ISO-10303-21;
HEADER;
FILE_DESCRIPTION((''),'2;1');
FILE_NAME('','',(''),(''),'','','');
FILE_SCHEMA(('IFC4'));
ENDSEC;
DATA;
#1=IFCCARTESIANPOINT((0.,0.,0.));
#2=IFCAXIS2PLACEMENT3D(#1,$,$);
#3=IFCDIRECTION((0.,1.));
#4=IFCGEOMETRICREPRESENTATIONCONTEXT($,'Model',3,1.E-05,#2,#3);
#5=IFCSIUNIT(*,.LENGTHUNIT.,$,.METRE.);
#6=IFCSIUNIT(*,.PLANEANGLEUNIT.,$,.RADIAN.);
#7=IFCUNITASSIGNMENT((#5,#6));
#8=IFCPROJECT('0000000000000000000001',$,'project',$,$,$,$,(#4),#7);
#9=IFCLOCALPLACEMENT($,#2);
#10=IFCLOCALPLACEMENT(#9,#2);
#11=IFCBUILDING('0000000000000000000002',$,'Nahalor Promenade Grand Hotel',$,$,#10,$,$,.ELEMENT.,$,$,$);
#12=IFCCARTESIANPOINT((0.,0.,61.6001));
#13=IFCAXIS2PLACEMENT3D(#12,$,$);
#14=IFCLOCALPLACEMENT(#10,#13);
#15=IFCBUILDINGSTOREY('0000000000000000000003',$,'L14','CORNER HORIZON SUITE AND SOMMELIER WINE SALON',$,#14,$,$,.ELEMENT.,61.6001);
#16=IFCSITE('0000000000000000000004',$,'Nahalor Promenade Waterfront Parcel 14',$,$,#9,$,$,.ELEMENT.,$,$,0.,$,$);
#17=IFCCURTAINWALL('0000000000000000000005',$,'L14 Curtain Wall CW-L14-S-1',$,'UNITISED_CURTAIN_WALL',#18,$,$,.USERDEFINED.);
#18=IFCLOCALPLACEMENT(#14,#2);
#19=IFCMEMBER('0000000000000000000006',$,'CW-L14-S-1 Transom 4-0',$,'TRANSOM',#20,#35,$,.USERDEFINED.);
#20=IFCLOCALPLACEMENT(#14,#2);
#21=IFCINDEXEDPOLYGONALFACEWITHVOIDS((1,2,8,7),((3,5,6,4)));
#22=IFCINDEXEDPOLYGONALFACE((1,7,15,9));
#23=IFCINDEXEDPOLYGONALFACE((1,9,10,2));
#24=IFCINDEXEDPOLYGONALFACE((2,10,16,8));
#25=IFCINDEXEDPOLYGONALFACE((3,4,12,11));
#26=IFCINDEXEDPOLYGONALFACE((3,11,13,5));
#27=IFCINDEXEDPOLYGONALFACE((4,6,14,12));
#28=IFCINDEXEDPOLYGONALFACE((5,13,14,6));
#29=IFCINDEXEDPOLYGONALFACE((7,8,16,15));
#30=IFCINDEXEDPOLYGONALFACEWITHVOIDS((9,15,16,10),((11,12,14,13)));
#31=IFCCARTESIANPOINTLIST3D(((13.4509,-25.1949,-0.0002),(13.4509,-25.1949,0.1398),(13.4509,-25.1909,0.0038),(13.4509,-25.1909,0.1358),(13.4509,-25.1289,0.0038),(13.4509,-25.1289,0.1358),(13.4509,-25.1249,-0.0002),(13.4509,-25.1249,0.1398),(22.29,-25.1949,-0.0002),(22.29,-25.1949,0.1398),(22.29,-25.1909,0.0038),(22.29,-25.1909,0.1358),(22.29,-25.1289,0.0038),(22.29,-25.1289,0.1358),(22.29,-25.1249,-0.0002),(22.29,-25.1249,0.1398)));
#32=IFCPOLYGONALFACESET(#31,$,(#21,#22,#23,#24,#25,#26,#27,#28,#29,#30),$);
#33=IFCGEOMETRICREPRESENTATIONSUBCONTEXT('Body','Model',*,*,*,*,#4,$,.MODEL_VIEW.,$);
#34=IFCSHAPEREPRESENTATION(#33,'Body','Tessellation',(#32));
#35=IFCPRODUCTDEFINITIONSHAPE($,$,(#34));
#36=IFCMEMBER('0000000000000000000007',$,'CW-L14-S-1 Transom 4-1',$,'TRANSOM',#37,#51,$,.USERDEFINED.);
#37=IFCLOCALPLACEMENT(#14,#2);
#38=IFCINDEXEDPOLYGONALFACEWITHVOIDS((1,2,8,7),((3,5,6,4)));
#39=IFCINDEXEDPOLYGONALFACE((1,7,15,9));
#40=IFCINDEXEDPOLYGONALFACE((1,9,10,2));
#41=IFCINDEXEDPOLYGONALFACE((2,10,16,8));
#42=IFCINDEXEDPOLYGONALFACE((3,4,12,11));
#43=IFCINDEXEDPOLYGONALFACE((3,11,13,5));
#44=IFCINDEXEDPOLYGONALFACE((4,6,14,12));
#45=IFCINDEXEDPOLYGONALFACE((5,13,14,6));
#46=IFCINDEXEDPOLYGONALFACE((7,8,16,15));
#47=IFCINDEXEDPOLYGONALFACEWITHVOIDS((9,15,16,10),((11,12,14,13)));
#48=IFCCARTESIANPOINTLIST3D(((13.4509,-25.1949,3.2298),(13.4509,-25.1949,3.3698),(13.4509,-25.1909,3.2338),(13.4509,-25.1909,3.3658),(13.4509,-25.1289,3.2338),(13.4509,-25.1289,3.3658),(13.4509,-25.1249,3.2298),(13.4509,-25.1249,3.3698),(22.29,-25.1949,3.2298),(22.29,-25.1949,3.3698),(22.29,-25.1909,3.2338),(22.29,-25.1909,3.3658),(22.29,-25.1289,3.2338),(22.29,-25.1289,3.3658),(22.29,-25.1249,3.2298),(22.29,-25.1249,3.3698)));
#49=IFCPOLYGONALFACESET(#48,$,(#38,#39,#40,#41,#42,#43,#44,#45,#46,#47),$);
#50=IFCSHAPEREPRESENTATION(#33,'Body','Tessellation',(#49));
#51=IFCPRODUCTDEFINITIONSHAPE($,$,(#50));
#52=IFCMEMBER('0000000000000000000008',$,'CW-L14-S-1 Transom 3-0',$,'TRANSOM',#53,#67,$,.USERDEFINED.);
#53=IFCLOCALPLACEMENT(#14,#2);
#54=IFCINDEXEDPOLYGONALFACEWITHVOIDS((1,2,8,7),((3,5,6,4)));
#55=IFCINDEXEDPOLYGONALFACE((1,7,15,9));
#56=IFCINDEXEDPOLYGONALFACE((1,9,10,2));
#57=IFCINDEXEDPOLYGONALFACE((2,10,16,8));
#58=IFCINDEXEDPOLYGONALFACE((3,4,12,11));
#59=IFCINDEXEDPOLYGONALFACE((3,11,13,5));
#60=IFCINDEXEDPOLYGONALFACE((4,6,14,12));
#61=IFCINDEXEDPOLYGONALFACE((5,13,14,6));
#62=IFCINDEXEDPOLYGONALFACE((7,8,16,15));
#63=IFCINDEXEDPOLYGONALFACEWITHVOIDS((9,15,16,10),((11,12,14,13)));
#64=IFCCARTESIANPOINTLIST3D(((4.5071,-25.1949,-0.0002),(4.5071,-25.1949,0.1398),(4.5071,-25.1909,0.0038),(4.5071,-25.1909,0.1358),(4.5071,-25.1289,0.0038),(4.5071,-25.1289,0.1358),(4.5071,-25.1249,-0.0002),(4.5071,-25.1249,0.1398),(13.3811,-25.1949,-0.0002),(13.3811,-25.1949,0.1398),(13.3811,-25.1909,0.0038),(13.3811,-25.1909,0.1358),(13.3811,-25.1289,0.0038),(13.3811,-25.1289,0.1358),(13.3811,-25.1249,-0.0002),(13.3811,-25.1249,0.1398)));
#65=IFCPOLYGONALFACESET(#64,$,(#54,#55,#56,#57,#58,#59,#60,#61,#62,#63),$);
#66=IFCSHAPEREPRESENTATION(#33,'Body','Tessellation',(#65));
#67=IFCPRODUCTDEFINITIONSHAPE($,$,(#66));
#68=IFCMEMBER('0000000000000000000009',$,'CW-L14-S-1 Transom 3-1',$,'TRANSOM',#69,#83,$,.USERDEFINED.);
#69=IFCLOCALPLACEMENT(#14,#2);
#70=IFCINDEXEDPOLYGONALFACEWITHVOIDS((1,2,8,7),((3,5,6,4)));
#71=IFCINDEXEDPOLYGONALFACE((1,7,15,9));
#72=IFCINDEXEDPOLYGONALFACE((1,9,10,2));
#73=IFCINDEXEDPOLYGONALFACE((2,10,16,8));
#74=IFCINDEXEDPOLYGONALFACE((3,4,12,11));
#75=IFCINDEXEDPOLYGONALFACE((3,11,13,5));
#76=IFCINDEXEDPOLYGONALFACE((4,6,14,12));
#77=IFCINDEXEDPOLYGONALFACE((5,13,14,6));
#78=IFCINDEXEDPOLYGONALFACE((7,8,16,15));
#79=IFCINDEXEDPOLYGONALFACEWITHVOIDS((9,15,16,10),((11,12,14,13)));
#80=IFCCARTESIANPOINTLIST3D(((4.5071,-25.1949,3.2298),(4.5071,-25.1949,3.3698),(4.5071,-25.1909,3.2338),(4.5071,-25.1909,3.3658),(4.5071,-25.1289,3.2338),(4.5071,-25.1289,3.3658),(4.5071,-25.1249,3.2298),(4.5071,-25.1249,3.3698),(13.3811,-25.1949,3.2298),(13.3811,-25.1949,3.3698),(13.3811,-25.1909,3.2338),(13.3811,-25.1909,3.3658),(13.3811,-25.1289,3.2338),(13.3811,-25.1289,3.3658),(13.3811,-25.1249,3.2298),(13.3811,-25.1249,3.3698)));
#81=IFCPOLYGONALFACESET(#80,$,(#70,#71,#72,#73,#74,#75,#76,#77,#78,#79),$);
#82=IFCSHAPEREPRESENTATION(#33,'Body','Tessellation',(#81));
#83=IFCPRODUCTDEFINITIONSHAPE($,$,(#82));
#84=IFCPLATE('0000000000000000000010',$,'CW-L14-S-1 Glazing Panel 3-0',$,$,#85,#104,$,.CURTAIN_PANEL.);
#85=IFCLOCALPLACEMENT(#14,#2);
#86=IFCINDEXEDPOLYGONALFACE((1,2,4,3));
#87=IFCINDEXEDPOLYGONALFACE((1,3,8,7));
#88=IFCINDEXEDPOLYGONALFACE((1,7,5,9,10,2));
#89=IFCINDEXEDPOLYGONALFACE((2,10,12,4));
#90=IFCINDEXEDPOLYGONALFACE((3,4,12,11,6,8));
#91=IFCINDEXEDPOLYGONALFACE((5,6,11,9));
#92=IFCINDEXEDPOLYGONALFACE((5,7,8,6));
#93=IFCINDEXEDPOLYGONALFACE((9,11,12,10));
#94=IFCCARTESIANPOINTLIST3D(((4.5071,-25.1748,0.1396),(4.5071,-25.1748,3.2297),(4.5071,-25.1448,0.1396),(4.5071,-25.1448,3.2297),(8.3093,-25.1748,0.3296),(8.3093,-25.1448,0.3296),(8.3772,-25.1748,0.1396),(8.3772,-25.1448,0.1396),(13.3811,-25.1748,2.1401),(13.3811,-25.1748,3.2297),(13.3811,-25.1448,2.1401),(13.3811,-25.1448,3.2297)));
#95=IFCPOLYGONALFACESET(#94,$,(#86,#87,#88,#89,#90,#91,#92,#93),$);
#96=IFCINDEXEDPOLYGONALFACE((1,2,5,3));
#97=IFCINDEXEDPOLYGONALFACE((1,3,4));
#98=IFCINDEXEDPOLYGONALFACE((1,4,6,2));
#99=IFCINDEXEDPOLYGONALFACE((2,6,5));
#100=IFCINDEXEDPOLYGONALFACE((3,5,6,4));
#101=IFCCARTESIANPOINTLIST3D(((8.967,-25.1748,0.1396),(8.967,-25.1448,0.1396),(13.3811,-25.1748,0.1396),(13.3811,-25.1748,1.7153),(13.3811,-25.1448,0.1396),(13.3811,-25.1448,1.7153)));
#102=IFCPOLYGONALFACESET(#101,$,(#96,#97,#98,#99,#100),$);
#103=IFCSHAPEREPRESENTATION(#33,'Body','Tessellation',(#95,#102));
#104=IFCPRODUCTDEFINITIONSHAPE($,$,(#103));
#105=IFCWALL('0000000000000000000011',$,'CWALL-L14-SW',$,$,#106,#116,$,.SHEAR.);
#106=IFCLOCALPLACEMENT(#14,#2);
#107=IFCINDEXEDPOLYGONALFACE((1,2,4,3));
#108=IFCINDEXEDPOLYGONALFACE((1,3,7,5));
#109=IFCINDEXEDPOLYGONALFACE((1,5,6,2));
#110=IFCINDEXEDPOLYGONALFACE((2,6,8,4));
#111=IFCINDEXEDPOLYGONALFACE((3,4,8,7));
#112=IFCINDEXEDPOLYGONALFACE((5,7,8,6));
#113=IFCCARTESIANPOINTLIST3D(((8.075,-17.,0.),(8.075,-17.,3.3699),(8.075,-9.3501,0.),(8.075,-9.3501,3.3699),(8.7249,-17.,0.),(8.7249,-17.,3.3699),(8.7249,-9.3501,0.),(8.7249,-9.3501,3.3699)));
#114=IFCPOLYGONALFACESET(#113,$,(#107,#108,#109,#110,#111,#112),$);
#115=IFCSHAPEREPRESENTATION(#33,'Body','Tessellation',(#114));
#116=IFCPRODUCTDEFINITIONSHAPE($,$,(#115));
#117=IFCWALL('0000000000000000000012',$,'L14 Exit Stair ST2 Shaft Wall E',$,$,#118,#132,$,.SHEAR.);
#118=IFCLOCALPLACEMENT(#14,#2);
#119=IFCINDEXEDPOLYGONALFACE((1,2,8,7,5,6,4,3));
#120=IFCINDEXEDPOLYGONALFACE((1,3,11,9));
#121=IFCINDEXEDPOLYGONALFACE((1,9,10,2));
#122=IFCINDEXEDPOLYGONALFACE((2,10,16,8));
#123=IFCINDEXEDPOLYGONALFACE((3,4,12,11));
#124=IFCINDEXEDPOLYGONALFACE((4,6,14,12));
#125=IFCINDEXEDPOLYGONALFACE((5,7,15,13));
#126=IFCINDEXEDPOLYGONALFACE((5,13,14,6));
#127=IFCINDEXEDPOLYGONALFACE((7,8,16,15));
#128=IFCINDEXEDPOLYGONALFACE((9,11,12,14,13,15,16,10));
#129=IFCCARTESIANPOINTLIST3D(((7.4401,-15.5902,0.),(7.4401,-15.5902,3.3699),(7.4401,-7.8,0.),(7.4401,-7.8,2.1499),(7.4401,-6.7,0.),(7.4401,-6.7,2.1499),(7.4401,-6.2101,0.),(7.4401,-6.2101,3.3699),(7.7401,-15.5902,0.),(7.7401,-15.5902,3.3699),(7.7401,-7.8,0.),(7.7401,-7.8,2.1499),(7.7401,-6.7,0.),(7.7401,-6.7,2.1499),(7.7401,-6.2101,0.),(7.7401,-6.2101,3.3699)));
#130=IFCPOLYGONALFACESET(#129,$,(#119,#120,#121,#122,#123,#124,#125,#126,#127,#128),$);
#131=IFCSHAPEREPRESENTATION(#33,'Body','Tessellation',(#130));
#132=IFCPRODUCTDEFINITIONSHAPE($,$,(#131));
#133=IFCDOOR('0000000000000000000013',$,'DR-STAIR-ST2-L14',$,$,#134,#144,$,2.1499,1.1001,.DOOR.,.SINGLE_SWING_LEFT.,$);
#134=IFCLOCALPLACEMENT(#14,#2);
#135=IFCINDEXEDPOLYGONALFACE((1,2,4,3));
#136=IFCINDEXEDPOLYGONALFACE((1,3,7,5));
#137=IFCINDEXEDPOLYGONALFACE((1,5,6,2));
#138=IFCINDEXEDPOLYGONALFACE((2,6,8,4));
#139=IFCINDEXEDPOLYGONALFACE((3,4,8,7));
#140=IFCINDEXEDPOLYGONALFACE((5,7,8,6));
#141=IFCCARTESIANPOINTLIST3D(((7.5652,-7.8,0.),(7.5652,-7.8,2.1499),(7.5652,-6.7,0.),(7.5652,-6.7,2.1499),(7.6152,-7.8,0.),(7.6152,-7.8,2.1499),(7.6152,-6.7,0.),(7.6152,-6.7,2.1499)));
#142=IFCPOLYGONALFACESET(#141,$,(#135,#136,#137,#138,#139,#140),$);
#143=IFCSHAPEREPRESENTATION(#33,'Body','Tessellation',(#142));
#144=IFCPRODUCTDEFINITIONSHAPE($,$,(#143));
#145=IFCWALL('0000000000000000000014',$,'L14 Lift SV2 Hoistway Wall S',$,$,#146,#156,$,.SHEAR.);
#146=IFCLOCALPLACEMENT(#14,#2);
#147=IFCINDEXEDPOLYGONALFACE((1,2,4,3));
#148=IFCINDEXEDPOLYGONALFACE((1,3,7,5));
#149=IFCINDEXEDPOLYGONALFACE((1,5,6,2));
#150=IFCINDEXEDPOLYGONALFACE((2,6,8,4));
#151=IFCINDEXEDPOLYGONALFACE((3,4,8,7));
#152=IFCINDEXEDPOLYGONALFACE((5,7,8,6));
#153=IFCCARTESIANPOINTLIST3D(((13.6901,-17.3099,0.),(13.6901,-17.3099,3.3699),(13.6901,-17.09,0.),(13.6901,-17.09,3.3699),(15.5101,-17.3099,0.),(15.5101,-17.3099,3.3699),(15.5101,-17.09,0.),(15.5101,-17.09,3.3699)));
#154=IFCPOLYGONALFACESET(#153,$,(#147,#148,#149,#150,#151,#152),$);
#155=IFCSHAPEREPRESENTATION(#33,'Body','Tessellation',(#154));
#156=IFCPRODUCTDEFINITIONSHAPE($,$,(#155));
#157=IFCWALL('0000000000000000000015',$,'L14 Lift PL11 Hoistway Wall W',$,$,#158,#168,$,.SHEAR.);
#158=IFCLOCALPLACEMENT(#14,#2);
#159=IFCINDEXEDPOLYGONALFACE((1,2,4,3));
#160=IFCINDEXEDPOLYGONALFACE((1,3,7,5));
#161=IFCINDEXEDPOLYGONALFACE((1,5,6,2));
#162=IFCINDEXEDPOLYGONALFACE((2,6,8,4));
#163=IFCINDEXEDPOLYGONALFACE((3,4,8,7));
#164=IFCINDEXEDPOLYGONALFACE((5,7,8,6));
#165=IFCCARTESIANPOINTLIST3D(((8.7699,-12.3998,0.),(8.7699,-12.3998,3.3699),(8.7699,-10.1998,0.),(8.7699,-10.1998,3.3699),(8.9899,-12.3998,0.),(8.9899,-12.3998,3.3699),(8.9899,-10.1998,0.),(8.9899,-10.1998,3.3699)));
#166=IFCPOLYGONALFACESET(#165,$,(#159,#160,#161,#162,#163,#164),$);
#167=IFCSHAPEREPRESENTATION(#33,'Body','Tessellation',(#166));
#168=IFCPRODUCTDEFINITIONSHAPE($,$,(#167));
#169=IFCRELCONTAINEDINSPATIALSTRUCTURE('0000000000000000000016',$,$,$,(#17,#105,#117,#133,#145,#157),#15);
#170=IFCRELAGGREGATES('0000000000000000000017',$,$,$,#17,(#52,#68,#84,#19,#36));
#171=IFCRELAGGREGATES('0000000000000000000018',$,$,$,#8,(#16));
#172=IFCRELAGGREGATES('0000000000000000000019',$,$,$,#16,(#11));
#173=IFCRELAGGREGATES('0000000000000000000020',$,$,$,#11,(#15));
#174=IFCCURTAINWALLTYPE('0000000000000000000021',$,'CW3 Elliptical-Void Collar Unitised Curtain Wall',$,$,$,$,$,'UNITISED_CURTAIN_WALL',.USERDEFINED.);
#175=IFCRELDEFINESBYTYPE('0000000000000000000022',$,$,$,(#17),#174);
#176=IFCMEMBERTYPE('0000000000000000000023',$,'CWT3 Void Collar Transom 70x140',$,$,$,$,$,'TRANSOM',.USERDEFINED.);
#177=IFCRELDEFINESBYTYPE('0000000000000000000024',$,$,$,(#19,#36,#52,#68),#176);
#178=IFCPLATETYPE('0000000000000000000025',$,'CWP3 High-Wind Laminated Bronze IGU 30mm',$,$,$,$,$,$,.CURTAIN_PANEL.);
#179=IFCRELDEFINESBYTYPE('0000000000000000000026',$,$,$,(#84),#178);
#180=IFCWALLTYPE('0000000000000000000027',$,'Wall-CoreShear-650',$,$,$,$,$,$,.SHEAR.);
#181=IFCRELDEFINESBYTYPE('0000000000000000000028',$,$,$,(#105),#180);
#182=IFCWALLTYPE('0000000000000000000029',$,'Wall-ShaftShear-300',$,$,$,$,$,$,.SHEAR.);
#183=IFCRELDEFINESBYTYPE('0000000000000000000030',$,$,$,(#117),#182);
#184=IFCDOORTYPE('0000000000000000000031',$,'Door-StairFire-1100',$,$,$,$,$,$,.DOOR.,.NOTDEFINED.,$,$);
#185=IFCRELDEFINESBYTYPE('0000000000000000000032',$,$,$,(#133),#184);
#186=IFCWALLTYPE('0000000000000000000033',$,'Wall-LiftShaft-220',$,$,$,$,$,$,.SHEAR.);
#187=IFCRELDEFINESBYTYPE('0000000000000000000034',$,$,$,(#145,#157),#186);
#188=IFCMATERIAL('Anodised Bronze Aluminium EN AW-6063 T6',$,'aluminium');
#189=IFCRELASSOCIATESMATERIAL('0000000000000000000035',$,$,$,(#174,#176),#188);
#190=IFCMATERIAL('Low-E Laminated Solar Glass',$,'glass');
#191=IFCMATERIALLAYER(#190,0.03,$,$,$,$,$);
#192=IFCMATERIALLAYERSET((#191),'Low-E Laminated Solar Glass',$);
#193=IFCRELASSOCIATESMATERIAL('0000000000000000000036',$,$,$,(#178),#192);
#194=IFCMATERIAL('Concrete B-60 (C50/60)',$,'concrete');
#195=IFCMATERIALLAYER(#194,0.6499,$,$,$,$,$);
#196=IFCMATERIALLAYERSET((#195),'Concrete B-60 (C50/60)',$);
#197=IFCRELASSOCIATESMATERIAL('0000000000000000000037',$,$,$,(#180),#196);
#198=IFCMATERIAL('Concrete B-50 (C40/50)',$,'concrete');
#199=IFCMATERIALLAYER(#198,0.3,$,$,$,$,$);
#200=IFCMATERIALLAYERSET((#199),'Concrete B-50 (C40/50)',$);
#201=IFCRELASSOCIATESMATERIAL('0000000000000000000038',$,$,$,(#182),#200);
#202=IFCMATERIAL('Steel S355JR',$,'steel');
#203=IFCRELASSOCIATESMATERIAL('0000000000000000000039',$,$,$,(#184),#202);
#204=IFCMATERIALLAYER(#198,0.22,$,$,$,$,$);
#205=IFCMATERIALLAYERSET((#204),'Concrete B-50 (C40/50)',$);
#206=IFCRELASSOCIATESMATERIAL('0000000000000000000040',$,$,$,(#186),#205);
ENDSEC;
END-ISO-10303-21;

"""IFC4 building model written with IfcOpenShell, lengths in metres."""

from ifc_helpers import new_model, si_unit, direction, frame, frame_2d, origin, origin_2d, place, context, subcontext, project, spatial, polyline, rectangle, hollow_rectangle, outline, extrude, source, transform, mapped, material, layer, layer_set, material_profile, profile_set, type_object, element, fill, aggregate, save


model = new_model("IFC4")

# Units and contexts
model_context = context("Model", 3, precision=1e-05, world=origin(), true_north=direction((0.0, 1.0)))
body_context = subcontext(model_context, "Body", "Model", "MODEL_VIEW")
ifc_project = project(units=[si_unit("LENGTHUNIT", "METRE"), si_unit("PLANEANGLEUNIT", "RADIAN")], contexts=[model_context])

# Site, building, storey
site_placement = place(None, origin())
site = spatial("IfcSite", under=ifc_project, at=site_placement, Name="Nahalor Promenade Waterfront Parcel 14", CompositionType="ELEMENT", RefElevation=0.0)
building_placement = place(site_placement, origin())
building = spatial("IfcBuilding", under=site, at=building_placement, Name="Nahalor Promenade Grand Hotel", CompositionType="ELEMENT")
storey_placement = place(building_placement, frame((0.0, 0.0, 61.6001)))
storey = spatial("IfcBuildingStorey", under=building, at=storey_placement, Name="L14", Description="CORNER HORIZON SUITE AND SOMMELIER WINE SALON", CompositionType="ELEMENT", Elevation=61.6001)

# Shared definitions
ifc_material_1 = material(Name="Steel S355JR", Category="steel")

# Curtain wall, members, plate
ifc_material_2 = material(Name="Anodised Bronze Aluminium EN AW-6063 T6", Category="aluminium")
curtain_wall_type = type_object("IfcCurtainWallType", Name="CW3 Elliptical-Void Collar Unitised Curtain Wall", ElementType="UNITISED_CURTAIN_WALL", PredefinedType="USERDEFINED", material=ifc_material_2)
curtain_wall_placement = place(storey_placement, origin())
curtain_wall = element("IfcCurtainWall", 1, at=curtain_wall_placement, inside=storey, type_object=curtain_wall_type, Name="L14 Curtain Wall CW-L14-S-1", ObjectType="UNITISED_CURTAIN_WALL", PredefinedType="USERDEFINED")
ifc_material_profile_1 = material_profile(ifc_material_2, hollow_rectangle(XDim=0.07, YDim=0.14, WallThickness=0.004, at=origin_2d()), Name="CWT 70x140x4")
ifc_profile_set_1 = profile_set([ifc_material_profile_1], Name="Anodised Bronze Aluminium EN AW-6063 T6")
member_type_1 = type_object("IfcMemberType", Name="CWT3 Void Collar Transom 70x140", ElementType="TRANSOM", PredefinedType="USERDEFINED", material=ifc_profile_set_1)
shared_shape_1 = source(origin(), body_context, "Body", "SweptSolid", [
    extrude(hollow_rectangle(XDim=0.07, YDim=0.14, WallThickness=0.004, at=origin_2d()), origin(), (0.0, 0.0, 1.0), 8.8391),
])
member_1_placement = place(storey_placement, frame((13.4509, -25.1599, 0.0698), z_axis=(1.0, 0.0, 0.0), x_axis=(0.0, 1.0, 0.0)))
member_1 = element("IfcMember", 2, at=member_1_placement, type_object=member_type_1, Name="CW-L14-S-1 Transom 4-0", ObjectType="TRANSOM", PredefinedType="USERDEFINED", context=body_context, shape_type="MappedRepresentation", body=[
    mapped(shared_shape_1, transform((0.0, 0.0, 0.0), scale=1.0)),
])
member_2_placement = place(storey_placement, frame((13.4509, -25.1599, 3.2998), z_axis=(1.0, 0.0, 0.0), x_axis=(0.0, 1.0, 0.0)))
member_2 = element("IfcMember", 3, at=member_2_placement, type_object=member_type_1, Name="CW-L14-S-1 Transom 4-1", ObjectType="TRANSOM", PredefinedType="USERDEFINED", context=body_context, shape_type="MappedRepresentation", body=[
    mapped(shared_shape_1, transform((0.0, 0.0, 0.0), scale=1.0)),
])
shared_shape_2 = source(origin(), body_context, "Body", "SweptSolid", [
    extrude(hollow_rectangle(XDim=0.07, YDim=0.14, WallThickness=0.004, at=origin_2d()), origin(), (0.0, 0.0, 1.0), 8.874),
])
member_3_placement = place(storey_placement, frame((4.5071, -25.1599, 0.0698), z_axis=(1.0, 0.0, 0.0), x_axis=(0.0, 1.0, 0.0)))
member_3 = element("IfcMember", 4, at=member_3_placement, type_object=member_type_1, Name="CW-L14-S-1 Transom 3-0", ObjectType="TRANSOM", PredefinedType="USERDEFINED", context=body_context, shape_type="MappedRepresentation", body=[
    mapped(shared_shape_2, transform((0.0, 0.0, 0.0), scale=1.0)),
])
member_4_placement = place(storey_placement, frame((4.5071, -25.1599, 3.2998), z_axis=(1.0, 0.0, 0.0), x_axis=(0.0, 1.0, 0.0)))
member_4 = element("IfcMember", 5, at=member_4_placement, type_object=member_type_1, Name="CW-L14-S-1 Transom 3-1", ObjectType="TRANSOM", PredefinedType="USERDEFINED", context=body_context, shape_type="MappedRepresentation", body=[
    mapped(shared_shape_2, transform((0.0, 0.0, 0.0), scale=1.0)),
])
ifc_material_3 = material(Name="Low-E Laminated Solar Glass", Category="glass")
ifc_layer_1 = layer(ifc_material_3, 0.03)
ifc_layer_set_1 = layer_set([ifc_layer_1], Name="Low-E Laminated Solar Glass")
plate_type = type_object("IfcPlateType", Name="CWP3 High-Wind Laminated Bronze IGU 30mm", PredefinedType="CURTAIN_PANEL", material=ifc_layer_set_1)
plate_placement = place(storey_placement, frame((8.9441, -25.1599, 0.1396), z_axis=(0.0, 0.0, 1.0), x_axis=(1.0, 0.0, 0.0)))
plate = element("IfcPlate", 6, at=plate_placement, type_object=plate_type, Name="CW-L14-S-1 Glazing Panel 3-0", PredefinedType="CURTAIN_PANEL", context=body_context, shape_type="SweptSolid", body=[
    extrude(outline(polyline([(-4.437, 3.0901), (-4.437, 0.0), (-0.5669, 0.0), (-0.6348, 0.1899), (4.437, 2.0005), (4.437, 3.0901), (-4.437, 3.0901)])), frame((0.0, 0.0151, 0.0), z_axis=(0.0, -1.0, 0.0), x_axis=(1.0, 0.0, 0.0)), (0.0, 0.0, 1.0), 0.03),
    extrude(outline(polyline([(0.0229, 0.0), (4.437, 0.0), (4.437, 1.5757), (0.0229, 0.0)])), frame((0.0, 0.0151, 0.0), z_axis=(0.0, -1.0, 0.0), x_axis=(1.0, 0.0, 0.0)), (0.0, 0.0, 1.0), 0.03),
])
aggregate(curtain_wall, [member_3, member_4, plate, member_1, member_2])

# Wall
ifc_material_4 = material(Name="Concrete B-60 (C50/60)", Category="concrete")
ifc_layer_2 = layer(ifc_material_4, 0.6499)
ifc_layer_set_2 = layer_set([ifc_layer_2], Name="Concrete B-60 (C50/60)")
wall_type_1 = type_object("IfcWallType", Name="Wall-CoreShear-650", PredefinedType="SHEAR", material=ifc_layer_set_2)
shared_shape_3 = source(origin(), body_context, "Body", "SweptSolid", [
    extrude(rectangle(XDim=7.6499, YDim=0.6499, at=frame_2d((3.825, 0.0))), origin(), (0.0, 0.0, 1.0), 3.3699),
])
wall_1_placement = place(storey_placement, frame((8.3999, -17.0, 0.0), z_axis=(0.0, 0.0, 1.0), x_axis=(0.0, 1.0, 0.0)))
element("IfcWall", 7, at=wall_1_placement, inside=storey, type_object=wall_type_1, Name="CWALL-L14-SW", PredefinedType="SHEAR", context=body_context, shape_type="MappedRepresentation", body=[
    mapped(shared_shape_3, transform((0.0, 0.0, 0.0), scale=1.0)),
])

# Wall, opening, door
ifc_material_5 = material(Name="Concrete B-50 (C40/50)", Category="concrete")
ifc_layer_3 = layer(ifc_material_5, 0.3)
ifc_layer_set_3 = layer_set([ifc_layer_3], Name="Concrete B-50 (C40/50)")
wall_type_2 = type_object("IfcWallType", Name="Wall-ShaftShear-300", PredefinedType="SHEAR", material=ifc_layer_set_3)
shared_shape_4 = source(origin(), body_context, "Body", "SweptSolid", [
    extrude(rectangle(XDim=9.3801, YDim=0.3, at=frame_2d((4.6899, 0.0))), origin(), (0.0, 0.0, 1.0), 3.3699),
])
wall_2_placement = place(storey_placement, frame((7.5901, -15.5901, 0.0), z_axis=(0.0, 0.0, 1.0), x_axis=(0.0, 1.0, 0.0)))
wall_2 = element("IfcWall", 8, at=wall_2_placement, inside=storey, type_object=wall_type_2, Name="L14 Exit Stair ST2 Shaft Wall E", PredefinedType="SHEAR", context=body_context, shape_type="MappedRepresentation", body=[
    mapped(shared_shape_4, transform((0.0, 0.0, 0.0), scale=1.0)),
])
opening_1_placement = place(wall_2_placement, frame((7.79, 0.0, 0.0)))
opening_1 = element("IfcOpeningElement", 9, at=opening_1_placement, cuts=wall_2, PredefinedType="OPENING", context=body_context, shape_type="SweptSolid", body=[
    extrude(rectangle(XDim=1.1001, YDim=2.1499, at=frame_2d((0.55, 1.075))), frame((0.0, 0.1599, 0.0), z_axis=(0.0, -1.0, 0.0), x_axis=(1.0, 0.0, 0.0)), (0.0, 0.0, 1.0), 0.3201),
])
door_type_1 = type_object("IfcDoorType", Name="Door-StairFire-1100", OperationType="NOTDEFINED", PredefinedType="DOOR", material=ifc_material_1)
shared_shape_5 = source(origin(), body_context, "Body", "SweptSolid", [
    extrude(rectangle(XDim=1.1001, YDim=2.1499, at=frame_2d((0.55, 1.075))), frame((0.0, 0.0249, 0.0), z_axis=(0.0, -1.0, 0.0), x_axis=(1.0, 0.0, 0.0)), (0.0, 0.0, 1.0), 0.05),
])
door_1_placement = place(opening_1_placement, origin())
door_1 = element("IfcDoor", 10, at=door_1_placement, inside=storey, type_object=door_type_1, Name="DR-STAIR-ST2-L14", OperationType="SINGLE_SWING_LEFT", OverallHeight=2.1499, OverallWidth=1.1001, PredefinedType="DOOR", context=body_context, shape_type="MappedRepresentation", body=[
    mapped(shared_shape_5, transform((0.0, 0.0, 0.0), scale=1.0)),
])
fill(opening_1, door_1)

# Walls
ifc_layer_4 = layer(ifc_material_5, 0.22)
ifc_layer_set_4 = layer_set([ifc_layer_4], Name="Concrete B-50 (C40/50)")
wall_type_3 = type_object("IfcWallType", Name="Wall-LiftShaft-220", PredefinedType="SHEAR", material=ifc_layer_set_4)
shared_shape_6 = source(origin(), body_context, "Body", "SweptSolid", [
    extrude(rectangle(XDim=1.8201, YDim=0.22, at=frame_2d((0.9102, 0.0))), origin(), (0.0, 0.0, 1.0), 3.3699),
])
wall_3_placement = place(storey_placement, frame((13.6899, -17.2, 0.0), z_axis=(0.0, 0.0, 1.0), x_axis=(1.0, 0.0, 0.0)))
element("IfcWall", 11, at=wall_3_placement, inside=storey, type_object=wall_type_3, Name="L14 Lift SV2 Hoistway Wall S", PredefinedType="SHEAR", context=body_context, shape_type="MappedRepresentation", body=[
    mapped(shared_shape_6, transform((0.0, 0.0, 0.0), scale=1.0)),
])
shared_shape_7 = source(origin(), body_context, "Body", "SweptSolid", [
    extrude(rectangle(XDim=2.2, YDim=0.22, at=frame_2d((1.1001, 0.0))), origin(), (0.0, 0.0, 1.0), 3.3699),
])
wall_4_placement = place(storey_placement, frame((8.8799, -12.3999, 0.0), z_axis=(0.0, 0.0, 1.0), x_axis=(0.0, 1.0, 0.0)))
element("IfcWall", 12, at=wall_4_placement, inside=storey, type_object=wall_type_3, Name="L14 Lift PL11 Hoistway Wall W", PredefinedType="SHEAR", context=body_context, shape_type="MappedRepresentation", body=[
    mapped(shared_shape_7, transform((0.0, 0.0, 0.0), scale=1.0)),
])

save(model, "model.ifc")
